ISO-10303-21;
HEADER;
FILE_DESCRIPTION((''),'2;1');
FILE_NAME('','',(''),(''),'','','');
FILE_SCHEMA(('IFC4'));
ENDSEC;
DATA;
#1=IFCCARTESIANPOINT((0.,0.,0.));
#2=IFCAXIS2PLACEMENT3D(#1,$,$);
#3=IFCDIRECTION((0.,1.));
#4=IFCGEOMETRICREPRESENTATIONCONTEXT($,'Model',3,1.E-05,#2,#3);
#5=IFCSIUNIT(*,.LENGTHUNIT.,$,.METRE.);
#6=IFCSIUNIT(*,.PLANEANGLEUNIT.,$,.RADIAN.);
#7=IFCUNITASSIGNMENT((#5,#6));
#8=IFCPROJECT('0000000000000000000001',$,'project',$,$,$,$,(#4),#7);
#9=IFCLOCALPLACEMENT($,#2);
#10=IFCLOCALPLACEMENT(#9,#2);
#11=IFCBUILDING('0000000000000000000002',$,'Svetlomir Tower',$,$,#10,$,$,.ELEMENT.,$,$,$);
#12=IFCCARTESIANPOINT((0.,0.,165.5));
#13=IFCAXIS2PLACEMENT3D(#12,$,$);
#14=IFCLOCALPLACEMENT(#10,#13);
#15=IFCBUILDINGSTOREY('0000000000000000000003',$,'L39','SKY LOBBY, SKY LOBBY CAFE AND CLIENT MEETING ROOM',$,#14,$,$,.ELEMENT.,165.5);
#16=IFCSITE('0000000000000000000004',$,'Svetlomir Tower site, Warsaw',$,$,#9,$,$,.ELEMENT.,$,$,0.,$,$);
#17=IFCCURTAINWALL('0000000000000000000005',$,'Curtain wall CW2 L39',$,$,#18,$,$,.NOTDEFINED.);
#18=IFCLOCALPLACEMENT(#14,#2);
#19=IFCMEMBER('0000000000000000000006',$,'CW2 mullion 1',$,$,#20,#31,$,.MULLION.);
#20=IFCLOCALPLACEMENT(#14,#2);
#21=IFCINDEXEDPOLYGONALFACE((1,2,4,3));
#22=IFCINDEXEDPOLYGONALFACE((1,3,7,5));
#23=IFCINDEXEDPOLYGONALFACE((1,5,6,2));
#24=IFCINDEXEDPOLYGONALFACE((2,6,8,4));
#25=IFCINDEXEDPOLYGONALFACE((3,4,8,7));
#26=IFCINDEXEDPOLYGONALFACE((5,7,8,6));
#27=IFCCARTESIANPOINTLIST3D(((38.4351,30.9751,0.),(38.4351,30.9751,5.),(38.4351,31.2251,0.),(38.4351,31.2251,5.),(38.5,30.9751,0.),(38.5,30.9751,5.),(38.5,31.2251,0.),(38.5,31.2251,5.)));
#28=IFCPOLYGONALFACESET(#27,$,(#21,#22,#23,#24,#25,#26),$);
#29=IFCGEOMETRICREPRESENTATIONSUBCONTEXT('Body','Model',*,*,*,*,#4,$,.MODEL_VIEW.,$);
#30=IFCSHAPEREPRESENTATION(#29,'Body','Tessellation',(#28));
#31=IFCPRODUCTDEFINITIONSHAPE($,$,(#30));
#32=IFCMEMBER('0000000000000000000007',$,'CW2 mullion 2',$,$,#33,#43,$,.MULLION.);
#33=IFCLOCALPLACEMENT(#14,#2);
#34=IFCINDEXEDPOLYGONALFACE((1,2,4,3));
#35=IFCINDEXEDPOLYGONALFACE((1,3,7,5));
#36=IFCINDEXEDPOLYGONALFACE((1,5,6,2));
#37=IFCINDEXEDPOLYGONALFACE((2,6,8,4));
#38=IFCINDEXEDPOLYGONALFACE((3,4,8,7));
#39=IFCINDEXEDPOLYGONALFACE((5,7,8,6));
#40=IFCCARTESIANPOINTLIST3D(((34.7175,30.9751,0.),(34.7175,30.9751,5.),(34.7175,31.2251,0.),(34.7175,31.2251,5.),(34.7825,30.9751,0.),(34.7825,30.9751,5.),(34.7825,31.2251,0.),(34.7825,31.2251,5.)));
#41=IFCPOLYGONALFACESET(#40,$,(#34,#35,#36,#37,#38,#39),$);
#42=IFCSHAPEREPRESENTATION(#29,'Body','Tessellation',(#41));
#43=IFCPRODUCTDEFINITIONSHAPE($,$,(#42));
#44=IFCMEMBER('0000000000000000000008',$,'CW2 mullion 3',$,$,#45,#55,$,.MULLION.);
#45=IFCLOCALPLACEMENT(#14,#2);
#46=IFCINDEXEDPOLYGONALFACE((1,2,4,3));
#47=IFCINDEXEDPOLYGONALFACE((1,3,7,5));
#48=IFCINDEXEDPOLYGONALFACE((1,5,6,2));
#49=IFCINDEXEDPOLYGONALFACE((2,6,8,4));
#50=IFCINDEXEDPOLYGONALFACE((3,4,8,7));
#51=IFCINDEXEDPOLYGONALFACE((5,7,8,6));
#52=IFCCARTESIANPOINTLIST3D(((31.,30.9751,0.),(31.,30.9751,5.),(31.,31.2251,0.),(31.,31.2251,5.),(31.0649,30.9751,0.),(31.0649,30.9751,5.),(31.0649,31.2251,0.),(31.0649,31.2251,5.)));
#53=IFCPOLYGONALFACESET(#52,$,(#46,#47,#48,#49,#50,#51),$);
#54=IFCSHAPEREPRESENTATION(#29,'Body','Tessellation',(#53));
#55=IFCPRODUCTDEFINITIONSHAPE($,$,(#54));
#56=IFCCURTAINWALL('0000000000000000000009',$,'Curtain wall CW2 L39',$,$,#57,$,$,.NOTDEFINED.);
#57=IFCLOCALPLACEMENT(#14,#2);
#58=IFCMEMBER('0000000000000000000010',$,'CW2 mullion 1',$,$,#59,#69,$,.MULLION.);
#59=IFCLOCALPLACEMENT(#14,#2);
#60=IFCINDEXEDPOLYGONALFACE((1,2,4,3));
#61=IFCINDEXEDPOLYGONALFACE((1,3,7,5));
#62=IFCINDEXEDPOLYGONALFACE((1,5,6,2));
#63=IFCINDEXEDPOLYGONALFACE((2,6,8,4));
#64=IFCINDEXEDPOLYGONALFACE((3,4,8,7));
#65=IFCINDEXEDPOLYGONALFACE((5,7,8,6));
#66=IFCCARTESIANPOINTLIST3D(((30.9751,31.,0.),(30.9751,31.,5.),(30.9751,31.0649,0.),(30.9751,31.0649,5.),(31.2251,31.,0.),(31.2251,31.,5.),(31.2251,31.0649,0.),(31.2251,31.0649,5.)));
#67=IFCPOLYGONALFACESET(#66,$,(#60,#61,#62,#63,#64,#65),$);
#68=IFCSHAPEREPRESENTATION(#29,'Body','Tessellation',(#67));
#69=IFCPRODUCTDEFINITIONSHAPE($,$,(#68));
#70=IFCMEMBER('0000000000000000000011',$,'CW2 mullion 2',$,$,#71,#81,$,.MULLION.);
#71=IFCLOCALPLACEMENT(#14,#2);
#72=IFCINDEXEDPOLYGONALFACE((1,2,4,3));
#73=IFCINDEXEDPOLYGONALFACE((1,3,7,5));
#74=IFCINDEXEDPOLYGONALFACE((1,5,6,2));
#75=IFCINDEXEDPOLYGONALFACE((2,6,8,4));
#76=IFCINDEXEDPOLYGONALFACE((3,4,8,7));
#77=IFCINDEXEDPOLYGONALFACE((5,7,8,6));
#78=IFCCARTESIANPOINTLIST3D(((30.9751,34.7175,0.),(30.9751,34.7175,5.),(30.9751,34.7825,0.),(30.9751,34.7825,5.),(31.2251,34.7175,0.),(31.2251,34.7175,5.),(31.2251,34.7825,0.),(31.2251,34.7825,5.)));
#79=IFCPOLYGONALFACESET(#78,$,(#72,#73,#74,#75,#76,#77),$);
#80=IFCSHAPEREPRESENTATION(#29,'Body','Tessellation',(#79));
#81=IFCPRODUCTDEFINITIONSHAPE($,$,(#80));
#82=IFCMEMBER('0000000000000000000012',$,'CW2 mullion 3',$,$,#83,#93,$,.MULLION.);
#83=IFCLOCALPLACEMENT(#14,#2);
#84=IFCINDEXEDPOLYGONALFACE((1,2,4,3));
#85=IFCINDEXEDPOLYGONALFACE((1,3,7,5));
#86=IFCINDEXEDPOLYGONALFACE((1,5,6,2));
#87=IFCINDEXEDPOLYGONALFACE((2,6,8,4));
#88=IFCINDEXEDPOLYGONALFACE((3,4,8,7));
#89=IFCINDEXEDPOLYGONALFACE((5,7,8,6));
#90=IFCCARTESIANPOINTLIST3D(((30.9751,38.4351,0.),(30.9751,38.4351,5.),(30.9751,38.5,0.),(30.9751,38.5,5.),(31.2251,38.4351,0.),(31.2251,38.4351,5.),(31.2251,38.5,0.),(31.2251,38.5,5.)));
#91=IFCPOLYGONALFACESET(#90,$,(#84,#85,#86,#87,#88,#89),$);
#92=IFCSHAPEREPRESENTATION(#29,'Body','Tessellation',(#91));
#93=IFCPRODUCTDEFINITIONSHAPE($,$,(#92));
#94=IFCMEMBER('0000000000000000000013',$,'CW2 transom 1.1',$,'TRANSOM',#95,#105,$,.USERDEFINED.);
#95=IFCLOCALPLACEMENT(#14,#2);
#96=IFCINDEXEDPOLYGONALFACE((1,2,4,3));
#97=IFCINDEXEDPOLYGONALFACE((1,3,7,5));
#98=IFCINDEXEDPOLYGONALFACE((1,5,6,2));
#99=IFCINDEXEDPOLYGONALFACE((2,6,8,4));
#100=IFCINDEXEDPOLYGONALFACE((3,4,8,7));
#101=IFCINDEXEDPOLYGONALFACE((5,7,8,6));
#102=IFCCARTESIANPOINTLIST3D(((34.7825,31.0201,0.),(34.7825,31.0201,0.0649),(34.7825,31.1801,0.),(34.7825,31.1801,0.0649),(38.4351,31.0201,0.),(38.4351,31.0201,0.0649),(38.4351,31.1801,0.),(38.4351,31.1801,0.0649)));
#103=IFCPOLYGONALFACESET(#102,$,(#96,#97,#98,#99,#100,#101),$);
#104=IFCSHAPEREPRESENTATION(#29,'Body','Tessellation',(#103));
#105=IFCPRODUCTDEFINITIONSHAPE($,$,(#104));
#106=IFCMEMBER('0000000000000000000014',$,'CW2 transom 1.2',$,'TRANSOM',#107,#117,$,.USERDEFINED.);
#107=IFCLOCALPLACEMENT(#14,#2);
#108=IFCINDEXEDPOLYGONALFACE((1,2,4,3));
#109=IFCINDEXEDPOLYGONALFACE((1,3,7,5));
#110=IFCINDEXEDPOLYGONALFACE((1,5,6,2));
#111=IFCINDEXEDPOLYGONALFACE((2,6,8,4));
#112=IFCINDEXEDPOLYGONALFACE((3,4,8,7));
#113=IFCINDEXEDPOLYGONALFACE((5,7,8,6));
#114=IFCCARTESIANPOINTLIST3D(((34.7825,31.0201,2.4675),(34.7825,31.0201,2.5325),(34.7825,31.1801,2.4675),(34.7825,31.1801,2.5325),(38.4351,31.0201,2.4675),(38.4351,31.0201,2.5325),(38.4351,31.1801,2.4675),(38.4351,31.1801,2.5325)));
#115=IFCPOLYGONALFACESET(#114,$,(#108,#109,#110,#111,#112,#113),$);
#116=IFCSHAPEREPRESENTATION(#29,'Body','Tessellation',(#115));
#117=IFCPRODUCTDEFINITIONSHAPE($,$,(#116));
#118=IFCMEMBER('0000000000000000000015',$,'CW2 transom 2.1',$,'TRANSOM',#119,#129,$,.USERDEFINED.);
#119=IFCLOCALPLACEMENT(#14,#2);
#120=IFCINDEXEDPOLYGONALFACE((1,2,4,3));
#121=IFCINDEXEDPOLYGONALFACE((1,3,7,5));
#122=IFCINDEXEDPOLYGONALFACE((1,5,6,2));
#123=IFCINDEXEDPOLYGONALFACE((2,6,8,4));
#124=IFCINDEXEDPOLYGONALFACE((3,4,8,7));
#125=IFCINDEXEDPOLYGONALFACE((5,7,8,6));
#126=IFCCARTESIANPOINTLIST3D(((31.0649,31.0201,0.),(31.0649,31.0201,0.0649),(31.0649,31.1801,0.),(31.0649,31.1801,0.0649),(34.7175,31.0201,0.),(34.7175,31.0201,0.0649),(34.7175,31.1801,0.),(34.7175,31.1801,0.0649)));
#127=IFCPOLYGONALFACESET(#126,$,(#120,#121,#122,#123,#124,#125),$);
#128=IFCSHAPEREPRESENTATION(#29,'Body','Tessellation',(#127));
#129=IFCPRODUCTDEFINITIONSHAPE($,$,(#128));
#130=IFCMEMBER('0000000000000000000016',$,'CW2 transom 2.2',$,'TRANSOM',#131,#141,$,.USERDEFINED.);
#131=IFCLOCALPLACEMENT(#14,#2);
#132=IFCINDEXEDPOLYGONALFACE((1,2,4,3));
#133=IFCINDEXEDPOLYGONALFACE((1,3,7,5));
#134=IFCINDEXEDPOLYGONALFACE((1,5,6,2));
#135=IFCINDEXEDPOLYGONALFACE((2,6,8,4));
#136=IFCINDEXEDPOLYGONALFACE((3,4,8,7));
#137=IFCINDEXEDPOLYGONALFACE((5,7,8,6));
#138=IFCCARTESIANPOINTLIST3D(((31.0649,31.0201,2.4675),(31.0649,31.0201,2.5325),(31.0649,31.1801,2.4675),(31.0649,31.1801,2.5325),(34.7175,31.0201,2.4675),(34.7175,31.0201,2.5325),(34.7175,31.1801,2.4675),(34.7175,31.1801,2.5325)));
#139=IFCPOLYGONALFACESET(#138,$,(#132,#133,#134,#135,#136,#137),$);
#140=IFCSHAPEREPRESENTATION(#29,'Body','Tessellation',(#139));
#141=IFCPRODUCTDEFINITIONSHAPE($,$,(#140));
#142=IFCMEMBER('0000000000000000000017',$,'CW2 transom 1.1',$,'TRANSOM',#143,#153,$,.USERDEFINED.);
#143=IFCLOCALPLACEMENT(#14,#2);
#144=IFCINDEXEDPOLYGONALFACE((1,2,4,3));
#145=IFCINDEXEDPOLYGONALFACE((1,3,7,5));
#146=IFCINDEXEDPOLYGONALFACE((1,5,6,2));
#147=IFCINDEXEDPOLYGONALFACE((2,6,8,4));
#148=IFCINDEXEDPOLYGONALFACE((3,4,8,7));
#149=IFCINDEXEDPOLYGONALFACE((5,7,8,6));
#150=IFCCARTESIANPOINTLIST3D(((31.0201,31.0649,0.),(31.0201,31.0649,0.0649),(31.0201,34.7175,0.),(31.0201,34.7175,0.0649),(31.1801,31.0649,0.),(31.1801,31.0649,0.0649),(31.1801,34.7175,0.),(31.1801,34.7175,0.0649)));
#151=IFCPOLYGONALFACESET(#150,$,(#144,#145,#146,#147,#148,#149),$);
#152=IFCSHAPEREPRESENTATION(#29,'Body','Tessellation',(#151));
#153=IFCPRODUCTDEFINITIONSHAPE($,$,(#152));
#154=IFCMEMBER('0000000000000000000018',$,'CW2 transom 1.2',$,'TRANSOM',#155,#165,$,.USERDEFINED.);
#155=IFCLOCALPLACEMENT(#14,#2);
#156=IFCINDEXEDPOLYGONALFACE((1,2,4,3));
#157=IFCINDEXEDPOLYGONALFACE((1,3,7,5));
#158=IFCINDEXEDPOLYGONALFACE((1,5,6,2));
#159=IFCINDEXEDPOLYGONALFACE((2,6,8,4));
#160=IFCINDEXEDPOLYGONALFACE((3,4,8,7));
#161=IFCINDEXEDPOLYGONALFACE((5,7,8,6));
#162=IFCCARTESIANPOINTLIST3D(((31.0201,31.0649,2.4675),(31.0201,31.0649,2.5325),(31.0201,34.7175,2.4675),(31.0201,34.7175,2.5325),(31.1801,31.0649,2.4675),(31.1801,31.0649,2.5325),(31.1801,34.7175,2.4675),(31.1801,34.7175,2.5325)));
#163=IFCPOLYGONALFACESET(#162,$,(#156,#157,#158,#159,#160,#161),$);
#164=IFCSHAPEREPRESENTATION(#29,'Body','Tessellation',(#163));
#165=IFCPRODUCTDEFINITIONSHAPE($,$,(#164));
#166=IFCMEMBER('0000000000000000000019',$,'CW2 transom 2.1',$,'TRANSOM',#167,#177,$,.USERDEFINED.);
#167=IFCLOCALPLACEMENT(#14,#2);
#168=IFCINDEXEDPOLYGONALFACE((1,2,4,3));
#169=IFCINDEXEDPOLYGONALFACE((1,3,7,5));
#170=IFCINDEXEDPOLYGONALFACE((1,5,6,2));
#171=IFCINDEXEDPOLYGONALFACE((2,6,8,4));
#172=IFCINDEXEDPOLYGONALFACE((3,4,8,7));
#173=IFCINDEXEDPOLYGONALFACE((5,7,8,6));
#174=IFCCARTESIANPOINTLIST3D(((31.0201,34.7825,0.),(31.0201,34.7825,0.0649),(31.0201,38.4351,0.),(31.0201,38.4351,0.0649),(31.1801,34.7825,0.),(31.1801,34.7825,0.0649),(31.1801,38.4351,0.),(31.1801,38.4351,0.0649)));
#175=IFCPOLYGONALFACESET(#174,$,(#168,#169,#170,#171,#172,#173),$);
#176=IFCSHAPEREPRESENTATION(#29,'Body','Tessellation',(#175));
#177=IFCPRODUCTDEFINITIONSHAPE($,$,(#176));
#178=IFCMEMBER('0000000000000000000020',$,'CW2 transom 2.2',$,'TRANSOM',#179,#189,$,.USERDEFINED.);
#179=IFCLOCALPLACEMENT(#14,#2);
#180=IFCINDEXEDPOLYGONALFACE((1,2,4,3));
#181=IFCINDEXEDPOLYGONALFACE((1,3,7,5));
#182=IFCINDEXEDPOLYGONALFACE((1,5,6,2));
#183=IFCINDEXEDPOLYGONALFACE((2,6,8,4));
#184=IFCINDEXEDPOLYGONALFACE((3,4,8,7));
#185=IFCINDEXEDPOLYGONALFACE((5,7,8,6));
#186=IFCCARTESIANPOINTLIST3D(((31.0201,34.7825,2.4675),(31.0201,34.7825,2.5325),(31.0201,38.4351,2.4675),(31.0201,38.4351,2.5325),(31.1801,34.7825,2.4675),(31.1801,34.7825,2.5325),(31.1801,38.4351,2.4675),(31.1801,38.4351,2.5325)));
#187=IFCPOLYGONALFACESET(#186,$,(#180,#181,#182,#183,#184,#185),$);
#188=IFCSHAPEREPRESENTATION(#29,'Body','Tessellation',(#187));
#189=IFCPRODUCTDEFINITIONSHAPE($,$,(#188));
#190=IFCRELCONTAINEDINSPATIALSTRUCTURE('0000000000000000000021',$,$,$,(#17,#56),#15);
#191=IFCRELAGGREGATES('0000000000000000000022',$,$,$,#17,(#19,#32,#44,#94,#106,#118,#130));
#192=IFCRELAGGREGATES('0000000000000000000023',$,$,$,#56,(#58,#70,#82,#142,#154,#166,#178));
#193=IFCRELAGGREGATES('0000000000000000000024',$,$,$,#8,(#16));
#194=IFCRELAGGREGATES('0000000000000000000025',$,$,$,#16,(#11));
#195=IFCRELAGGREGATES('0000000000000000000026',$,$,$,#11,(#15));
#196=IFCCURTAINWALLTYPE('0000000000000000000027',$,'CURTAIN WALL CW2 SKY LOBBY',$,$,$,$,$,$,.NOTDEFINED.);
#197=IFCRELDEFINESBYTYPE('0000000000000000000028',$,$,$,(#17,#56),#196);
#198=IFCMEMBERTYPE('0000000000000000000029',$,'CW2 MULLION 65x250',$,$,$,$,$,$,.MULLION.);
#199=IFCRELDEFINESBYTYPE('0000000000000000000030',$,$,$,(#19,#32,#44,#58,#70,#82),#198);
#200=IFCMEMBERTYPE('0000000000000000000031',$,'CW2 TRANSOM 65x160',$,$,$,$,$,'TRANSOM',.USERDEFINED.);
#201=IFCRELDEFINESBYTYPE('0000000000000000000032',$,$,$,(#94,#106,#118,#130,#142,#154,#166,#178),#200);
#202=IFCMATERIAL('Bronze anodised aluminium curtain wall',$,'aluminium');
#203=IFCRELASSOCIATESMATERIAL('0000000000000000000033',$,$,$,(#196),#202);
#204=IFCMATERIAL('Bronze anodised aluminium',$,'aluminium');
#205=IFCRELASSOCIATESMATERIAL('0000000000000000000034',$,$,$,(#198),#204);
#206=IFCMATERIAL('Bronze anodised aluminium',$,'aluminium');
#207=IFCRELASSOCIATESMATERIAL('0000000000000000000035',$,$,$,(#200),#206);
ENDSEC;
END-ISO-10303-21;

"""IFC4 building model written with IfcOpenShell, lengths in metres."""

from ifc_helpers import new_model, si_unit, direction, frame, origin, origin_2d, place, context, subcontext, project, spatial, rectangle, extrude, material, material_profile, profile_set, type_object, element, aggregate, save


model = new_model("IFC4")

# Units and contexts
model_context = context("Model", 3, precision=1e-05, world=origin(), true_north=direction((0.0, 1.0)))
body_context = subcontext(model_context, "Body", "Model", "MODEL_VIEW")
ifc_project = project(units=[si_unit("LENGTHUNIT", "METRE"), si_unit("PLANEANGLEUNIT", "RADIAN")], contexts=[model_context])

# Site, building, storey
site_placement = place(None, origin())
site = spatial("IfcSite", under=ifc_project, at=site_placement, Name="Svetlomir Tower site, Warsaw", CompositionType="ELEMENT", RefElevation=0.0)
building_placement = place(site_placement, origin())
building = spatial("IfcBuilding", under=site, at=building_placement, Name="Svetlomir Tower", CompositionType="ELEMENT")
storey_placement = place(building_placement, frame((0.0, 0.0, 165.5)))
storey = spatial("IfcBuildingStorey", under=building, at=storey_placement, Name="L39", Description="SKY LOBBY, SKY LOBBY CAFE AND CLIENT MEETING ROOM", CompositionType="ELEMENT", Elevation=165.5)

# Curtain walls, members
ifc_material_1 = material(Name="Bronze anodised aluminium curtain wall", Category="aluminium")
curtain_wall_type = type_object("IfcCurtainWallType", Name="CURTAIN WALL CW2 SKY LOBBY", PredefinedType="NOTDEFINED", material=ifc_material_1)
curtain_wall_1_placement = place(storey_placement, origin())
curtain_wall_1 = element("IfcCurtainWall", 1, at=curtain_wall_1_placement, inside=storey, type_object=curtain_wall_type, Name="Curtain wall CW2 L39", PredefinedType="NOTDEFINED")
ifc_material_2 = material(Name="Bronze anodised aluminium", Category="aluminium")
ifc_material_profile_1 = material_profile(ifc_material_2, rectangle(XDim=0.0649, YDim=0.25, at=origin_2d()), Name="AL 65x250")
ifc_profile_set_1 = profile_set([ifc_material_profile_1], Name="Bronze anodised aluminium 6063-T6")
member_type_1 = type_object("IfcMemberType", Name="CW2 MULLION 65x250", PredefinedType="MULLION", material=ifc_profile_set_1)
member_1_placement = place(storey_placement, frame((38.4675, 31.1001, 0.0), z_axis=(0.0, 0.0, 1.0), x_axis=(-1.0, 0.0, 0.0)))
member_1 = element("IfcMember", 2, at=member_1_placement, type_object=member_type_1, Name="CW2 mullion 1", PredefinedType="MULLION", context=body_context, shape_type="SweptSolid", body=[
    extrude(rectangle(XDim=0.0649, YDim=0.25, at=origin_2d()), origin(), (0.0, 0.0, 1.0), 5.0),
])
member_2_placement = place(storey_placement, frame((34.75, 31.1001, 0.0), z_axis=(0.0, 0.0, 1.0), x_axis=(-1.0, 0.0, 0.0)))
member_2 = element("IfcMember", 3, at=member_2_placement, type_object=member_type_1, Name="CW2 mullion 2", PredefinedType="MULLION", context=body_context, shape_type="SweptSolid", body=[
    extrude(rectangle(XDim=0.0649, YDim=0.25, at=origin_2d()), origin(), (0.0, 0.0, 1.0), 5.0),
])
member_3_placement = place(storey_placement, frame((31.0325, 31.1001, 0.0), z_axis=(0.0, 0.0, 1.0), x_axis=(-1.0, 0.0, 0.0)))
member_3 = element("IfcMember", 4, at=member_3_placement, type_object=member_type_1, Name="CW2 mullion 3", PredefinedType="MULLION", context=body_context, shape_type="SweptSolid", body=[
    extrude(rectangle(XDim=0.0649, YDim=0.25, at=origin_2d()), origin(), (0.0, 0.0, 1.0), 5.0),
])
curtain_wall_2_placement = place(storey_placement, origin())
curtain_wall_2 = element("IfcCurtainWall", 5, at=curtain_wall_2_placement, inside=storey, type_object=curtain_wall_type, Name="Curtain wall CW2 L39", PredefinedType="NOTDEFINED")
member_4_placement = place(storey_placement, frame((31.1001, 31.0325, 0.0), z_axis=(0.0, 0.0, 1.0), x_axis=(0.0, 1.0, 0.0)))
member_4 = element("IfcMember", 6, at=member_4_placement, type_object=member_type_1, Name="CW2 mullion 1", PredefinedType="MULLION", context=body_context, shape_type="SweptSolid", body=[
    extrude(rectangle(XDim=0.0649, YDim=0.25, at=origin_2d()), origin(), (0.0, 0.0, 1.0), 5.0),
])
member_5_placement = place(storey_placement, frame((31.1001, 34.75, 0.0), z_axis=(0.0, 0.0, 1.0), x_axis=(0.0, 1.0, 0.0)))
member_5 = element("IfcMember", 7, at=member_5_placement, type_object=member_type_1, Name="CW2 mullion 2", PredefinedType="MULLION", context=body_context, shape_type="SweptSolid", body=[
    extrude(rectangle(XDim=0.0649, YDim=0.25, at=origin_2d()), origin(), (0.0, 0.0, 1.0), 5.0),
])
member_6_placement = place(storey_placement, frame((31.1001, 38.4675, 0.0), z_axis=(0.0, 0.0, 1.0), x_axis=(0.0, 1.0, 0.0)))
member_6 = element("IfcMember", 8, at=member_6_placement, type_object=member_type_1, Name="CW2 mullion 3", PredefinedType="MULLION", context=body_context, shape_type="SweptSolid", body=[
    extrude(rectangle(XDim=0.0649, YDim=0.25, at=origin_2d()), origin(), (0.0, 0.0, 1.0), 5.0),
])

# Members
ifc_material_3 = material(Name="Bronze anodised aluminium", Category="aluminium")
ifc_material_profile_2 = material_profile(ifc_material_3, rectangle(XDim=0.1599, YDim=0.0649, at=origin_2d()), Name="AL 160x65")
ifc_profile_set_2 = profile_set([ifc_material_profile_2], Name="Bronze anodised aluminium 6063-T6")
member_type_2 = type_object("IfcMemberType", Name="CW2 TRANSOM 65x160", ElementType="TRANSOM", PredefinedType="USERDEFINED", material=ifc_profile_set_2)
member_7_placement = place(storey_placement, frame((38.4351, 31.1001, 0.0325), z_axis=(-1.0, 0.0, 0.0), x_axis=(0.0, -1.0, 0.0)))
member_7 = element("IfcMember", 9, at=member_7_placement, type_object=member_type_2, Name="CW2 transom 1.1", ObjectType="TRANSOM", PredefinedType="USERDEFINED", context=body_context, shape_type="SweptSolid", body=[
    extrude(rectangle(XDim=0.1599, YDim=0.0649, at=origin_2d()), origin(), (0.0, 0.0, 1.0), 3.6526),
])
member_8_placement = place(storey_placement, frame((38.4351, 31.1001, 2.5), z_axis=(-1.0, 0.0, 0.0), x_axis=(0.0, -1.0, 0.0)))
member_8 = element("IfcMember", 10, at=member_8_placement, type_object=member_type_2, Name="CW2 transom 1.2", ObjectType="TRANSOM", PredefinedType="USERDEFINED", context=body_context, shape_type="SweptSolid", body=[
    extrude(rectangle(XDim=0.1599, YDim=0.0649, at=origin_2d()), origin(), (0.0, 0.0, 1.0), 3.6526),
])
member_9_placement = place(storey_placement, frame((34.7175, 31.1001, 0.0325), z_axis=(-1.0, 0.0, 0.0), x_axis=(0.0, -1.0, 0.0)))
member_9 = element("IfcMember", 11, at=member_9_placement, type_object=member_type_2, Name="CW2 transom 2.1", ObjectType="TRANSOM", PredefinedType="USERDEFINED", context=body_context, shape_type="SweptSolid", body=[
    extrude(rectangle(XDim=0.1599, YDim=0.0649, at=origin_2d()), origin(), (0.0, 0.0, 1.0), 3.6526),
])
member_10_placement = place(storey_placement, frame((34.7175, 31.1001, 2.5), z_axis=(-1.0, 0.0, 0.0), x_axis=(0.0, -1.0, 0.0)))
member_10 = element("IfcMember", 12, at=member_10_placement, type_object=member_type_2, Name="CW2 transom 2.2", ObjectType="TRANSOM", PredefinedType="USERDEFINED", context=body_context, shape_type="SweptSolid", body=[
    extrude(rectangle(XDim=0.1599, YDim=0.0649, at=origin_2d()), origin(), (0.0, 0.0, 1.0), 3.6526),
])
member_11_placement = place(storey_placement, frame((31.1001, 31.0649, 0.0325), z_axis=(0.0, 1.0, 0.0), x_axis=(-1.0, 0.0, 0.0)))
member_11 = element("IfcMember", 13, at=member_11_placement, type_object=member_type_2, Name="CW2 transom 1.1", ObjectType="TRANSOM", PredefinedType="USERDEFINED", context=body_context, shape_type="SweptSolid", body=[
    extrude(rectangle(XDim=0.1599, YDim=0.0649, at=origin_2d()), origin(), (0.0, 0.0, 1.0), 3.6526),
])
member_12_placement = place(storey_placement, frame((31.1001, 31.0649, 2.5), z_axis=(0.0, 1.0, 0.0), x_axis=(-1.0, 0.0, 0.0)))
member_12 = element("IfcMember", 14, at=member_12_placement, type_object=member_type_2, Name="CW2 transom 1.2", ObjectType="TRANSOM", PredefinedType="USERDEFINED", context=body_context, shape_type="SweptSolid", body=[
    extrude(rectangle(XDim=0.1599, YDim=0.0649, at=origin_2d()), origin(), (0.0, 0.0, 1.0), 3.6526),
])
member_13_placement = place(storey_placement, frame((31.1001, 34.7825, 0.0325), z_axis=(0.0, 1.0, 0.0), x_axis=(-1.0, 0.0, 0.0)))
member_13 = element("IfcMember", 15, at=member_13_placement, type_object=member_type_2, Name="CW2 transom 2.1", ObjectType="TRANSOM", PredefinedType="USERDEFINED", context=body_context, shape_type="SweptSolid", body=[
    extrude(rectangle(XDim=0.1599, YDim=0.0649, at=origin_2d()), origin(), (0.0, 0.0, 1.0), 3.6526),
])
member_14_placement = place(storey_placement, frame((31.1001, 34.7825, 2.5), z_axis=(0.0, 1.0, 0.0), x_axis=(-1.0, 0.0, 0.0)))
member_14 = element("IfcMember", 16, at=member_14_placement, type_object=member_type_2, Name="CW2 transom 2.2", ObjectType="TRANSOM", PredefinedType="USERDEFINED", context=body_context, shape_type="SweptSolid", body=[
    extrude(rectangle(XDim=0.1599, YDim=0.0649, at=origin_2d()), origin(), (0.0, 0.0, 1.0), 3.6526),
])

aggregate(curtain_wall_1, [member_1, member_2, member_3, member_7, member_8, member_9, member_10])
aggregate(curtain_wall_2, [member_4, member_5, member_6, member_11, member_12, member_13, member_14])

save(model, "model.ifc")
